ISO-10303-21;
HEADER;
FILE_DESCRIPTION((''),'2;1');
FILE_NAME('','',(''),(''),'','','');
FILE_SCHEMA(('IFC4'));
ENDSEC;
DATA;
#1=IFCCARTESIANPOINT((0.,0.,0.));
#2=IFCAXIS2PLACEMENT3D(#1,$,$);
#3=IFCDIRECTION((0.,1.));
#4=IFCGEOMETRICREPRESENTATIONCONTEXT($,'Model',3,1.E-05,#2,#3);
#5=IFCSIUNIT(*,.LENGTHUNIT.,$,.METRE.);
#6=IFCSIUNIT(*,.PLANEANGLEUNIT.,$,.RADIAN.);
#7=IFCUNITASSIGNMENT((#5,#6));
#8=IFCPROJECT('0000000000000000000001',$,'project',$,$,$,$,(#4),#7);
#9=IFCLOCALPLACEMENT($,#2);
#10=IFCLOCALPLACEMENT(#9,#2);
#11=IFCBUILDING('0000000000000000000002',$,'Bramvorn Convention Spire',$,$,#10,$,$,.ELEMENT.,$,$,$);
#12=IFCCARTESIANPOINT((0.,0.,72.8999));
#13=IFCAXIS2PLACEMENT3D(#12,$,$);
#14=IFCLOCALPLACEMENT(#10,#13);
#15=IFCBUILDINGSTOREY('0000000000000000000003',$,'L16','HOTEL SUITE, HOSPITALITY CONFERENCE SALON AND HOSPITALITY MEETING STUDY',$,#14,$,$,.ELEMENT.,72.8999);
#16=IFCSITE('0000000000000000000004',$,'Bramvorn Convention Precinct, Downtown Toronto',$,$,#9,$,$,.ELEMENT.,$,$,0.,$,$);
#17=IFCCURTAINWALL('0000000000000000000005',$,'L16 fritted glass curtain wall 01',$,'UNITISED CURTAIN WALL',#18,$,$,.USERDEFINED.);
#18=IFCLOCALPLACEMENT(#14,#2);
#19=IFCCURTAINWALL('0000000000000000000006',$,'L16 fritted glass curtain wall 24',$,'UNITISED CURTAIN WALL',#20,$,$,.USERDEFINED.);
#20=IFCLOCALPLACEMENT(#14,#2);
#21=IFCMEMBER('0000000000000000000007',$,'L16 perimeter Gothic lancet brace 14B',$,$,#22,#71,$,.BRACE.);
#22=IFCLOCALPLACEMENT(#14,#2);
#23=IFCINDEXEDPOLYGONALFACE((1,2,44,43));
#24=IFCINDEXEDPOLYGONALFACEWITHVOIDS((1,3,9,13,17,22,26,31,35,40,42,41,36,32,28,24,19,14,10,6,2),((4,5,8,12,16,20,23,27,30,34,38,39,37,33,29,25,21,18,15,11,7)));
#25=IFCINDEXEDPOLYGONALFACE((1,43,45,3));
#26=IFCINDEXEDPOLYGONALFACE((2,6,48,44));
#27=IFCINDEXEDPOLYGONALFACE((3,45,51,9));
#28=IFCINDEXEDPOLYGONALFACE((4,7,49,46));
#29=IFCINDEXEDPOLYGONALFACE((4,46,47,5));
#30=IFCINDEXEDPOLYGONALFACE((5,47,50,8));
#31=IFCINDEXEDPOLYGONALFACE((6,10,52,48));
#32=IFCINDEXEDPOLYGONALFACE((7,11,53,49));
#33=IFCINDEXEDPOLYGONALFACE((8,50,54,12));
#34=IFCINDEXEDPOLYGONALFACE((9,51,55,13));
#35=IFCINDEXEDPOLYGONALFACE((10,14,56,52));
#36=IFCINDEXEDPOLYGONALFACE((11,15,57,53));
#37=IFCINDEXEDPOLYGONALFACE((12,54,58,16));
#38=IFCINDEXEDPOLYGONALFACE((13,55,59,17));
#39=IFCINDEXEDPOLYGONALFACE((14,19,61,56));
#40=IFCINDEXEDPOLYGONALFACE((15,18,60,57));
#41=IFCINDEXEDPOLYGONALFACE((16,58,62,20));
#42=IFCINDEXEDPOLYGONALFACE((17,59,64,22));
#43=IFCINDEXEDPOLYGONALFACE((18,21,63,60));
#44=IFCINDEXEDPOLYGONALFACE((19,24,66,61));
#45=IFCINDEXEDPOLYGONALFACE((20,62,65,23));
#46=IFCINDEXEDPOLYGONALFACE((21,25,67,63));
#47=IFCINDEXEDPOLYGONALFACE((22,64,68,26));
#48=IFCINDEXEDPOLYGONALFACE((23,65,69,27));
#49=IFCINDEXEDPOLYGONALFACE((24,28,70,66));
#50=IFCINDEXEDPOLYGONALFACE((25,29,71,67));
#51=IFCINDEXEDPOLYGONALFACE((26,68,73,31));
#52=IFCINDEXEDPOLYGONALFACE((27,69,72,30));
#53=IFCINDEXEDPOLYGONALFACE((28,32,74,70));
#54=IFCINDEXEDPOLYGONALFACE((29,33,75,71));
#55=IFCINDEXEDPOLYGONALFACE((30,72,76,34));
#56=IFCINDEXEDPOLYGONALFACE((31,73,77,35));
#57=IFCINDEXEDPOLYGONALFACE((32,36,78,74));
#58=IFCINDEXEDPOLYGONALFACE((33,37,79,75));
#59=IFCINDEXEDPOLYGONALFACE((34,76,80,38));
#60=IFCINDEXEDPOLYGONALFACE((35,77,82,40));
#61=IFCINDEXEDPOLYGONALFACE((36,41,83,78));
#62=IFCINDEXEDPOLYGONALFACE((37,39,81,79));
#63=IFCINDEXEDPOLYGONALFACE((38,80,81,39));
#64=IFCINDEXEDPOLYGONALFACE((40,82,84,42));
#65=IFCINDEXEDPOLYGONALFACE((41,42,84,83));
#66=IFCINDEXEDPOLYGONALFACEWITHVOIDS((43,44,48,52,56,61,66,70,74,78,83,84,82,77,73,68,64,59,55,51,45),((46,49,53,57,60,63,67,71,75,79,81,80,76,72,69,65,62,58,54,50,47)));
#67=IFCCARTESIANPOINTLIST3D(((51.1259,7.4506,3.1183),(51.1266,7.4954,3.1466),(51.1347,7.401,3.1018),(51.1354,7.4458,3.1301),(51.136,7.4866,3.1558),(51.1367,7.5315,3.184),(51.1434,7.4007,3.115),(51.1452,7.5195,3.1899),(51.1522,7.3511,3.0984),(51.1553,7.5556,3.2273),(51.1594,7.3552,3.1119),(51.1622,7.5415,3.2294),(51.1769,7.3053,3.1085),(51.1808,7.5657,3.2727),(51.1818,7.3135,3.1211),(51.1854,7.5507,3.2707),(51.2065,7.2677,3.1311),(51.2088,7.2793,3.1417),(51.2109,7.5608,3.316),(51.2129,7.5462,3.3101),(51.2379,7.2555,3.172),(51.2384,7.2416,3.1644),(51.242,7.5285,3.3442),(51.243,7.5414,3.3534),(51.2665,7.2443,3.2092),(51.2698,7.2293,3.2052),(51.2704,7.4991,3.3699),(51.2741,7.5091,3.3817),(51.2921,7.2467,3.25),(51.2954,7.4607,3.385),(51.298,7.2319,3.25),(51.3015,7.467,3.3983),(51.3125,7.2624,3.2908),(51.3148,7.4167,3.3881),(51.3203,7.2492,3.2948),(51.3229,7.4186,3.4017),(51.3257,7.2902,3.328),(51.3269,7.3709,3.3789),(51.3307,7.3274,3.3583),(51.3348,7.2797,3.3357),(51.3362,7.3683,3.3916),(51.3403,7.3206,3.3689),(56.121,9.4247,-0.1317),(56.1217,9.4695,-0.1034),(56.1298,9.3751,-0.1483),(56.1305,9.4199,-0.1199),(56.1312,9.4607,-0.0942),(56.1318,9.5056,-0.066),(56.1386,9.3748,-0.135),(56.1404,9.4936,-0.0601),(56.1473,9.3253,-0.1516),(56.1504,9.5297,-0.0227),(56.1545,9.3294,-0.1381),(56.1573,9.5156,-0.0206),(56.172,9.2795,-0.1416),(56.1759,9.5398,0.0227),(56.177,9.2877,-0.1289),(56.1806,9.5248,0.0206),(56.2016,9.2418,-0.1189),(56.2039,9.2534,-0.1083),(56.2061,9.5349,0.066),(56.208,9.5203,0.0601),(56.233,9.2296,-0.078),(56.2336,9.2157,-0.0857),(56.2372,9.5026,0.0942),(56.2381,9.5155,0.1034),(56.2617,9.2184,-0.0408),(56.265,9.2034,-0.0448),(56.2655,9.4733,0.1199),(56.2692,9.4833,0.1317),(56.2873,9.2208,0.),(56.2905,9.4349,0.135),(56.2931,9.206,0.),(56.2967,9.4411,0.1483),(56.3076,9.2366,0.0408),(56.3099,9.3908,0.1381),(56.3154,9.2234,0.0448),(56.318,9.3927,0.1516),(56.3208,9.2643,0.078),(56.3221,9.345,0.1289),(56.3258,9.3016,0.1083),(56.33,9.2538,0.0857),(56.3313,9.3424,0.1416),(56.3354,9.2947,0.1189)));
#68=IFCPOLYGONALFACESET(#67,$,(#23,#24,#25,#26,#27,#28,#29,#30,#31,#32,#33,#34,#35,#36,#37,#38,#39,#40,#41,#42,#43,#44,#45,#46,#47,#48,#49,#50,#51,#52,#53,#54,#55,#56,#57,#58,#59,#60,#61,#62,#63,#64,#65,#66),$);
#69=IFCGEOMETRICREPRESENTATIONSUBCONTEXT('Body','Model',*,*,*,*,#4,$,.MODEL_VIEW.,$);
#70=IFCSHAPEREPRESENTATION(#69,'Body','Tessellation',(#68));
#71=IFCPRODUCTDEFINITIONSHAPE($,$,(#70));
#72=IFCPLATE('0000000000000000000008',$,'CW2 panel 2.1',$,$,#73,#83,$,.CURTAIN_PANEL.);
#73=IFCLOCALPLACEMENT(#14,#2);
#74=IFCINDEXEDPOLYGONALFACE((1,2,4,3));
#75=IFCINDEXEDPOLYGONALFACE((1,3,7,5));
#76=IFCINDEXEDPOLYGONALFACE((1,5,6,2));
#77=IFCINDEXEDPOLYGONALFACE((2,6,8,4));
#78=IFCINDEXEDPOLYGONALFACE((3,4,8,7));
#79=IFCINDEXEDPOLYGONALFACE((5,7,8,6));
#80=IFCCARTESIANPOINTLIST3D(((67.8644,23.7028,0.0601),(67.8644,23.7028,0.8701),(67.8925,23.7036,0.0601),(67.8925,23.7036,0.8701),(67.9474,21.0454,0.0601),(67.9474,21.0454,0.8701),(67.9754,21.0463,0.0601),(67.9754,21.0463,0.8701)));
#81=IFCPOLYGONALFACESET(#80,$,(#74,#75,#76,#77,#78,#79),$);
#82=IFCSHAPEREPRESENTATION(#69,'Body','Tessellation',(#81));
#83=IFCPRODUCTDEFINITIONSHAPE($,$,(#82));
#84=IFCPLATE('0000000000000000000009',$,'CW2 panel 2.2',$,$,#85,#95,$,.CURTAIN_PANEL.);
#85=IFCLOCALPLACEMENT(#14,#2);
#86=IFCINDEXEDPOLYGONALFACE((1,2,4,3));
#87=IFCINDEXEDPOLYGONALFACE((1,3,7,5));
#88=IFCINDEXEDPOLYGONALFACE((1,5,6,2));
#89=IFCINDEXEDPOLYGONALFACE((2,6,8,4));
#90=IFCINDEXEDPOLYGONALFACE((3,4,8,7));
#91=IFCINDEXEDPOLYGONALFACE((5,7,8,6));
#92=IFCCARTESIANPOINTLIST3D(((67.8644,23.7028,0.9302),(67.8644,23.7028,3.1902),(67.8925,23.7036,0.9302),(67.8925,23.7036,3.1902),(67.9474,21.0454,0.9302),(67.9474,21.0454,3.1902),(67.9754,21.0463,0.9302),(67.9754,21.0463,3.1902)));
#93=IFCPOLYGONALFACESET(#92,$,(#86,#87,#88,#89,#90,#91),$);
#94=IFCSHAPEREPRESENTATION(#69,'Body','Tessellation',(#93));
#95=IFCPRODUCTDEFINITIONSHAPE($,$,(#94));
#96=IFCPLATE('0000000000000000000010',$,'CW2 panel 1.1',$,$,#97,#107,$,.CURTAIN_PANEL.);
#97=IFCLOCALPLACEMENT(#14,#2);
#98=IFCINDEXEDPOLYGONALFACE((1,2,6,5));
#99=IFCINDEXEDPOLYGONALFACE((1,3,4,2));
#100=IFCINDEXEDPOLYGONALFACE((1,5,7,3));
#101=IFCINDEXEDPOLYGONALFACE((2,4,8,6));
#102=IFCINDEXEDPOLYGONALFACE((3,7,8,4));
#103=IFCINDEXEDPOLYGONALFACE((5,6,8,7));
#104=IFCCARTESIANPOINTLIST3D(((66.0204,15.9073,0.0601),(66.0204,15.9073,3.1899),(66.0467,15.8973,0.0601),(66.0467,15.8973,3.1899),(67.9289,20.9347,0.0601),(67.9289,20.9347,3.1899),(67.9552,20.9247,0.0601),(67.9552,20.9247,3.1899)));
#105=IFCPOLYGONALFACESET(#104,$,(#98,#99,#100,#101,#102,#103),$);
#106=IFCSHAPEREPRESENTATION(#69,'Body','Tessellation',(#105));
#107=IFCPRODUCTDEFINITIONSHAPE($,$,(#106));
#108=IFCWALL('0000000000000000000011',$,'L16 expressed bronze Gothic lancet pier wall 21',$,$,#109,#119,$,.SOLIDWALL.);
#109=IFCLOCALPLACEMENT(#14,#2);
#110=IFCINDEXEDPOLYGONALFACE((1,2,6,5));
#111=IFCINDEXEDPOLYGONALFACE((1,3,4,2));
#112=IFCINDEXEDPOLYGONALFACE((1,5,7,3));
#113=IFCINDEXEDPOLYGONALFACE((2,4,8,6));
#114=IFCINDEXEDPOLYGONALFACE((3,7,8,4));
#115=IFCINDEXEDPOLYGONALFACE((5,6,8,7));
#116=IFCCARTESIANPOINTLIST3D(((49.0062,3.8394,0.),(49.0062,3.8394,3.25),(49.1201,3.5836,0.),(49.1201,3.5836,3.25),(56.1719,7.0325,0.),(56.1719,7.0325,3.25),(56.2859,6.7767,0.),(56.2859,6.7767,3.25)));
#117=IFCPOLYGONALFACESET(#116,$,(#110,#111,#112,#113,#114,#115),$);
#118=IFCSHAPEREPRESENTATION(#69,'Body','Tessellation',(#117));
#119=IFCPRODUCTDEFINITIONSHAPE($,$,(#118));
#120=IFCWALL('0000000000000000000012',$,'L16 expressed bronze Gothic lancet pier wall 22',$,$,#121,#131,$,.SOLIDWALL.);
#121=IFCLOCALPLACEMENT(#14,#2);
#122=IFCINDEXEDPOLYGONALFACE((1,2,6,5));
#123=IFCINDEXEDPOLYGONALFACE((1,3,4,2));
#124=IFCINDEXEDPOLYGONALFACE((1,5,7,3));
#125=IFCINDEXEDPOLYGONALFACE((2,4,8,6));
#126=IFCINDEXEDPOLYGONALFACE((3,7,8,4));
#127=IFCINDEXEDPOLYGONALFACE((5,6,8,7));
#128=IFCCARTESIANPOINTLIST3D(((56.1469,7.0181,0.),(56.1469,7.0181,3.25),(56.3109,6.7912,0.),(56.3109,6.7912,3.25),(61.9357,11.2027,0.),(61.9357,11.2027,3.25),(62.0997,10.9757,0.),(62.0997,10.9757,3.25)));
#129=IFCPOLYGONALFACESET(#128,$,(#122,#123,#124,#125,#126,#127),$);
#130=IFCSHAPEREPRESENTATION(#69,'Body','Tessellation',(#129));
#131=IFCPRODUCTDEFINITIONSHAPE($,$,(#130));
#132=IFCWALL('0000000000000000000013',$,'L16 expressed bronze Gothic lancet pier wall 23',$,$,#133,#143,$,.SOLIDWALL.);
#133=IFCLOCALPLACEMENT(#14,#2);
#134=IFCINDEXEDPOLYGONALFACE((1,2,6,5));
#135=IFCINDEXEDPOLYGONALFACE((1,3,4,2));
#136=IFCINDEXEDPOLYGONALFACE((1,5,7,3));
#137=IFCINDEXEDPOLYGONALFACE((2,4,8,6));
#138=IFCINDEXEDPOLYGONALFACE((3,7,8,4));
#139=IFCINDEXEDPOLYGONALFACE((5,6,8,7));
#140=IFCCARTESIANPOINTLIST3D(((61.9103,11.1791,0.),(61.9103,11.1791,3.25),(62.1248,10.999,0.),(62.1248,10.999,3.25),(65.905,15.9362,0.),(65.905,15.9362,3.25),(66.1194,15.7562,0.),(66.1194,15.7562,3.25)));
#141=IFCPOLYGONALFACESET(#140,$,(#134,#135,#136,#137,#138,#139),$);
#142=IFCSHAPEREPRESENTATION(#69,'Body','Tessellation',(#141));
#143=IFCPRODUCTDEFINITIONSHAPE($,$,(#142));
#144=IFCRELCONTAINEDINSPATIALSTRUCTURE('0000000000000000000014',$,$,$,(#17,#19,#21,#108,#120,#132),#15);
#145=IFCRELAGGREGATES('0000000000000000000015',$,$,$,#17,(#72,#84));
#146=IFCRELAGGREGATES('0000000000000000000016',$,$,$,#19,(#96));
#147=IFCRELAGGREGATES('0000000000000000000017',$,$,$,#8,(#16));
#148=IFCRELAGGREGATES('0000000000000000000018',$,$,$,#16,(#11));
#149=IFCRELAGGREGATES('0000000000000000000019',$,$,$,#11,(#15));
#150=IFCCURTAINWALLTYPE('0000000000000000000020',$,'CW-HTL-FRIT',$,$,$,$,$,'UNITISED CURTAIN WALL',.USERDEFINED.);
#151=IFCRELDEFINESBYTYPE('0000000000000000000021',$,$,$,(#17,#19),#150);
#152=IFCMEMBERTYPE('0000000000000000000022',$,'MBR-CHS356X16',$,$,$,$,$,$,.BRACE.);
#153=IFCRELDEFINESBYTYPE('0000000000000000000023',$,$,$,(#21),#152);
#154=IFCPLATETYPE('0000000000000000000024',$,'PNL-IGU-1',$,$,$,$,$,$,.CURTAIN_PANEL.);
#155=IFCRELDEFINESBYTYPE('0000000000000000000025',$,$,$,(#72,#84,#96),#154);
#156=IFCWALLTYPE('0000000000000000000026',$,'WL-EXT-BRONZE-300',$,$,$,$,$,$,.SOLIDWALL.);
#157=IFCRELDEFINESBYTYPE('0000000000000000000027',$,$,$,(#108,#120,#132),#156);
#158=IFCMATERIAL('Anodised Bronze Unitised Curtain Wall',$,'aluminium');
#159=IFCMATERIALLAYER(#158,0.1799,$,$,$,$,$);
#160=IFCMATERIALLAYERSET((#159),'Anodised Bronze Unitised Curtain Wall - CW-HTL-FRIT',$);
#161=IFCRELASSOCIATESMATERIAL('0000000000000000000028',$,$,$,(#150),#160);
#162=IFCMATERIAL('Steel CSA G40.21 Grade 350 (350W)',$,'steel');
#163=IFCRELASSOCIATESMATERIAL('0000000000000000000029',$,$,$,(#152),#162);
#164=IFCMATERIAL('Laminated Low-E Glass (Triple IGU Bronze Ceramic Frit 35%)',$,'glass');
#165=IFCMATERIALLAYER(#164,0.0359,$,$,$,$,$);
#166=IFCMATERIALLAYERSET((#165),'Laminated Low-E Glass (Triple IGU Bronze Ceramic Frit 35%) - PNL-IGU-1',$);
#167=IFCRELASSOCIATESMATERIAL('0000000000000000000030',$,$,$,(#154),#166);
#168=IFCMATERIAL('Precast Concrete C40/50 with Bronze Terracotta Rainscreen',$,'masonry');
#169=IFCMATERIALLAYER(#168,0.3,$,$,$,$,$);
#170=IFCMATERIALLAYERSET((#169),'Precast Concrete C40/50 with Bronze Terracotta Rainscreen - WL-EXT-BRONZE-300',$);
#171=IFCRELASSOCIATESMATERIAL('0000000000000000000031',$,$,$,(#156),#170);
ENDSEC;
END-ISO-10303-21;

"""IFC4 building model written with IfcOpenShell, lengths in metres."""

from ifc_helpers import new_model, si_unit, direction, frame, frame_2d, origin, origin_2d, place, context, subcontext, project, spatial, rectangle, hollow_circle, extrude, material, layer, layer_set, material_profile, profile_set, type_object, element, aggregate, save


model = new_model("IFC4")

# Units and contexts
model_context = context("Model", 3, precision=1e-05, world=origin(), true_north=direction((0.0, 1.0)))
body_context = subcontext(model_context, "Body", "Model", "MODEL_VIEW")
ifc_project = project(units=[si_unit("LENGTHUNIT", "METRE"), si_unit("PLANEANGLEUNIT", "RADIAN")], contexts=[model_context])

# Site, building, storey
site_placement = place(None, origin())
site = spatial("IfcSite", under=ifc_project, at=site_placement, Name="Bramvorn Convention Precinct, Downtown Toronto", CompositionType="ELEMENT", RefElevation=0.0)
building_placement = place(site_placement, origin())
building = spatial("IfcBuilding", under=site, at=building_placement, Name="Bramvorn Convention Spire", CompositionType="ELEMENT")
storey_placement = place(building_placement, frame((0.0, 0.0, 72.8999)))
storey = spatial("IfcBuildingStorey", under=building, at=storey_placement, Name="L16", Description="HOTEL SUITE, HOSPITALITY CONFERENCE SALON AND HOSPITALITY MEETING STUDY", CompositionType="ELEMENT", Elevation=72.8999)

# Shared definitions
ifc_material_1 = material(Name="Steel CSA G40.21 Grade 350 (350W)", Category="steel")

# Curtain wall
ifc_material_2 = material(Name="Anodised Bronze Unitised Curtain Wall", Category="aluminium")
ifc_layer_1 = layer(ifc_material_2, 0.1799)
ifc_layer_set_1 = layer_set([ifc_layer_1], Name="Anodised Bronze Unitised Curtain Wall - CW-HTL-FRIT")
curtain_wall_type = type_object("IfcCurtainWallType", Name="CW-HTL-FRIT", ElementType="UNITISED CURTAIN WALL", PredefinedType="USERDEFINED", material=ifc_layer_set_1)
curtain_wall_1_placement = place(storey_placement, origin())
curtain_wall_1 = element("IfcCurtainWall", 1, at=curtain_wall_1_placement, inside=storey, type_object=curtain_wall_type, Name="L16 fritted glass curtain wall 01", ObjectType="UNITISED CURTAIN WALL", PredefinedType="USERDEFINED")

# Curtain wall
curtain_wall_2_placement = place(storey_placement, origin())
curtain_wall_2 = element("IfcCurtainWall", 2, at=curtain_wall_2_placement, inside=storey, type_object=curtain_wall_type, Name="L16 fritted glass curtain wall 24", ObjectType="UNITISED CURTAIN WALL", PredefinedType="USERDEFINED")

# Member
ifc_material_profile_1 = material_profile(ifc_material_1, hollow_circle(Radius=0.1777, WallThickness=0.0159, at=origin_2d()))
ifc_profile_set_1 = profile_set([ifc_material_profile_1], Name="Steel CSA G40.21 Grade 350 (350W) - CHS356X16")
member_type_1 = type_object("IfcMemberType", Name="MBR-CHS356X16", PredefinedType="BRACE", material=ifc_profile_set_1)
member_1_placement = place(storey_placement, frame((56.2278, 9.3713, 0.0), z_axis=(-0.795679, -0.31446, 0.517697), x_axis=(0.367547, -0.930005, 0.0)))
element("IfcMember", 3, at=member_1_placement, inside=storey, type_object=member_type_1, Name="L16 perimeter Gothic lancet brace 14B", PredefinedType="BRACE", context=body_context, shape_type="SweptSolid", body=[
    extrude(hollow_circle(Radius=0.1777, WallThickness=0.0159, at=origin_2d()), origin(), (0.0, 0.0, 1.0), 6.2778),
])

# Plates
ifc_material_3 = material(Name="Laminated Low-E Glass (Triple IGU Bronze Ceramic Frit 35%)", Category="glass")
ifc_layer_2 = layer(ifc_material_3, 0.0359)
ifc_layer_set_2 = layer_set([ifc_layer_2], Name="Laminated Low-E Glass (Triple IGU Bronze Ceramic Frit 35%) - PNL-IGU-1")
plate_type = type_object("IfcPlateType", Name="PNL-IGU-1", PredefinedType="CURTAIN_PANEL", material=ifc_layer_set_2)
plate_1_placement = place(storey_placement, frame((67.9199, 22.3745, 0.0601), z_axis=(0.0, 0.0, 1.0), x_axis=(0.031215, -0.999513, 0.0)))
plate_1 = element("IfcPlate", 4, at=plate_1_placement, type_object=plate_type, Name="CW2 panel 2.1", PredefinedType="CURTAIN_PANEL", context=body_context, shape_type="SweptSolid", body=[
    extrude(rectangle(XDim=2.6587, YDim=0.0281, at=origin_2d()), origin(), (0.0, 0.0, 1.0), 0.8101),
])
plate_2_placement = place(storey_placement, frame((67.9199, 22.3745, 0.9302), z_axis=(0.0, 0.0, 1.0), x_axis=(0.031215, -0.999513, 0.0)))
plate_2 = element("IfcPlate", 5, at=plate_2_placement, type_object=plate_type, Name="CW2 panel 2.2", PredefinedType="CURTAIN_PANEL", context=body_context, shape_type="SweptSolid", body=[
    extrude(rectangle(XDim=2.6587, YDim=0.0281, at=origin_2d()), origin(), (0.0, 0.0, 1.0), 2.26),
])
aggregate(curtain_wall_1, [plate_1, plate_2])
plate_3_placement = place(storey_placement, frame((66.9878, 18.416, 0.0601), z_axis=(0.0, 0.0, 1.0), x_axis=(-0.354908, -0.934901, 0.0)))
plate_3 = element("IfcPlate", 6, at=plate_3_placement, type_object=plate_type, Name="CW2 panel 1.1", PredefinedType="CURTAIN_PANEL", context=body_context, shape_type="SweptSolid", body=[
    extrude(rectangle(XDim=5.3774, YDim=0.0281, at=origin_2d()), origin(), (0.0, 0.0, 1.0), 3.1299),
])
aggregate(curtain_wall_2, [plate_3])

# Walls
ifc_material_4 = material(Name="Precast Concrete C40/50 with Bronze Terracotta Rainscreen", Category="masonry")
ifc_layer_3 = layer(ifc_material_4, 0.3)
ifc_layer_set_3 = layer_set([ifc_layer_3], Name="Precast Concrete C40/50 with Bronze Terracotta Rainscreen - WL-EXT-BRONZE-300")
wall_type = type_object("IfcWallType", Name="WL-EXT-BRONZE-300", PredefinedType="SOLIDWALL", material=ifc_layer_set_3)
wall_1_placement = place(storey_placement, frame((56.2288, 6.9045, 0.0), z_axis=(0.0, 0.0, 1.0), x_axis=(-0.913417, -0.407025, 0.0)))
element("IfcWall", 7, at=wall_1_placement, inside=storey, type_object=wall_type, Name="L16 expressed bronze Gothic lancet pier wall 21", PredefinedType="SOLIDWALL", context=body_context, shape_type="SweptSolid", body=[
    extrude(rectangle(XDim=7.845, YDim=0.28, at=frame_2d((3.9224, 0.0))), origin(), (0.0, 0.0, 1.0), 3.25),
])
wall_2_placement = place(storey_placement, frame((62.0176, 11.0891, 0.0), z_axis=(0.0, 0.0, 1.0), x_axis=(-0.810429, -0.585836, 0.0)))
element("IfcWall", 8, at=wall_2_placement, inside=storey, type_object=wall_type, Name="L16 expressed bronze Gothic lancet pier wall 22", PredefinedType="SOLIDWALL", context=body_context, shape_type="SweptSolid", body=[
    extrude(rectangle(XDim=7.1428, YDim=0.28, at=frame_2d((3.5713, 0.0))), origin(), (0.0, 0.0, 1.0), 3.25),
])
wall_3_placement = place(storey_placement, frame((66.0122, 15.8462, 0.0), z_axis=(0.0, 0.0, 1.0), x_axis=(-0.643068, -0.765809, 0.0)))
element("IfcWall", 9, at=wall_3_placement, inside=storey, type_object=wall_type, Name="L16 expressed bronze Gothic lancet pier wall 23", PredefinedType="SOLIDWALL", context=body_context, shape_type="SweptSolid", body=[
    extrude(rectangle(XDim=6.2119, YDim=0.28, at=frame_2d((3.106, 0.0))), origin(), (0.0, 0.0, 1.0), 3.25),
])

save(model, "model.ifc")
